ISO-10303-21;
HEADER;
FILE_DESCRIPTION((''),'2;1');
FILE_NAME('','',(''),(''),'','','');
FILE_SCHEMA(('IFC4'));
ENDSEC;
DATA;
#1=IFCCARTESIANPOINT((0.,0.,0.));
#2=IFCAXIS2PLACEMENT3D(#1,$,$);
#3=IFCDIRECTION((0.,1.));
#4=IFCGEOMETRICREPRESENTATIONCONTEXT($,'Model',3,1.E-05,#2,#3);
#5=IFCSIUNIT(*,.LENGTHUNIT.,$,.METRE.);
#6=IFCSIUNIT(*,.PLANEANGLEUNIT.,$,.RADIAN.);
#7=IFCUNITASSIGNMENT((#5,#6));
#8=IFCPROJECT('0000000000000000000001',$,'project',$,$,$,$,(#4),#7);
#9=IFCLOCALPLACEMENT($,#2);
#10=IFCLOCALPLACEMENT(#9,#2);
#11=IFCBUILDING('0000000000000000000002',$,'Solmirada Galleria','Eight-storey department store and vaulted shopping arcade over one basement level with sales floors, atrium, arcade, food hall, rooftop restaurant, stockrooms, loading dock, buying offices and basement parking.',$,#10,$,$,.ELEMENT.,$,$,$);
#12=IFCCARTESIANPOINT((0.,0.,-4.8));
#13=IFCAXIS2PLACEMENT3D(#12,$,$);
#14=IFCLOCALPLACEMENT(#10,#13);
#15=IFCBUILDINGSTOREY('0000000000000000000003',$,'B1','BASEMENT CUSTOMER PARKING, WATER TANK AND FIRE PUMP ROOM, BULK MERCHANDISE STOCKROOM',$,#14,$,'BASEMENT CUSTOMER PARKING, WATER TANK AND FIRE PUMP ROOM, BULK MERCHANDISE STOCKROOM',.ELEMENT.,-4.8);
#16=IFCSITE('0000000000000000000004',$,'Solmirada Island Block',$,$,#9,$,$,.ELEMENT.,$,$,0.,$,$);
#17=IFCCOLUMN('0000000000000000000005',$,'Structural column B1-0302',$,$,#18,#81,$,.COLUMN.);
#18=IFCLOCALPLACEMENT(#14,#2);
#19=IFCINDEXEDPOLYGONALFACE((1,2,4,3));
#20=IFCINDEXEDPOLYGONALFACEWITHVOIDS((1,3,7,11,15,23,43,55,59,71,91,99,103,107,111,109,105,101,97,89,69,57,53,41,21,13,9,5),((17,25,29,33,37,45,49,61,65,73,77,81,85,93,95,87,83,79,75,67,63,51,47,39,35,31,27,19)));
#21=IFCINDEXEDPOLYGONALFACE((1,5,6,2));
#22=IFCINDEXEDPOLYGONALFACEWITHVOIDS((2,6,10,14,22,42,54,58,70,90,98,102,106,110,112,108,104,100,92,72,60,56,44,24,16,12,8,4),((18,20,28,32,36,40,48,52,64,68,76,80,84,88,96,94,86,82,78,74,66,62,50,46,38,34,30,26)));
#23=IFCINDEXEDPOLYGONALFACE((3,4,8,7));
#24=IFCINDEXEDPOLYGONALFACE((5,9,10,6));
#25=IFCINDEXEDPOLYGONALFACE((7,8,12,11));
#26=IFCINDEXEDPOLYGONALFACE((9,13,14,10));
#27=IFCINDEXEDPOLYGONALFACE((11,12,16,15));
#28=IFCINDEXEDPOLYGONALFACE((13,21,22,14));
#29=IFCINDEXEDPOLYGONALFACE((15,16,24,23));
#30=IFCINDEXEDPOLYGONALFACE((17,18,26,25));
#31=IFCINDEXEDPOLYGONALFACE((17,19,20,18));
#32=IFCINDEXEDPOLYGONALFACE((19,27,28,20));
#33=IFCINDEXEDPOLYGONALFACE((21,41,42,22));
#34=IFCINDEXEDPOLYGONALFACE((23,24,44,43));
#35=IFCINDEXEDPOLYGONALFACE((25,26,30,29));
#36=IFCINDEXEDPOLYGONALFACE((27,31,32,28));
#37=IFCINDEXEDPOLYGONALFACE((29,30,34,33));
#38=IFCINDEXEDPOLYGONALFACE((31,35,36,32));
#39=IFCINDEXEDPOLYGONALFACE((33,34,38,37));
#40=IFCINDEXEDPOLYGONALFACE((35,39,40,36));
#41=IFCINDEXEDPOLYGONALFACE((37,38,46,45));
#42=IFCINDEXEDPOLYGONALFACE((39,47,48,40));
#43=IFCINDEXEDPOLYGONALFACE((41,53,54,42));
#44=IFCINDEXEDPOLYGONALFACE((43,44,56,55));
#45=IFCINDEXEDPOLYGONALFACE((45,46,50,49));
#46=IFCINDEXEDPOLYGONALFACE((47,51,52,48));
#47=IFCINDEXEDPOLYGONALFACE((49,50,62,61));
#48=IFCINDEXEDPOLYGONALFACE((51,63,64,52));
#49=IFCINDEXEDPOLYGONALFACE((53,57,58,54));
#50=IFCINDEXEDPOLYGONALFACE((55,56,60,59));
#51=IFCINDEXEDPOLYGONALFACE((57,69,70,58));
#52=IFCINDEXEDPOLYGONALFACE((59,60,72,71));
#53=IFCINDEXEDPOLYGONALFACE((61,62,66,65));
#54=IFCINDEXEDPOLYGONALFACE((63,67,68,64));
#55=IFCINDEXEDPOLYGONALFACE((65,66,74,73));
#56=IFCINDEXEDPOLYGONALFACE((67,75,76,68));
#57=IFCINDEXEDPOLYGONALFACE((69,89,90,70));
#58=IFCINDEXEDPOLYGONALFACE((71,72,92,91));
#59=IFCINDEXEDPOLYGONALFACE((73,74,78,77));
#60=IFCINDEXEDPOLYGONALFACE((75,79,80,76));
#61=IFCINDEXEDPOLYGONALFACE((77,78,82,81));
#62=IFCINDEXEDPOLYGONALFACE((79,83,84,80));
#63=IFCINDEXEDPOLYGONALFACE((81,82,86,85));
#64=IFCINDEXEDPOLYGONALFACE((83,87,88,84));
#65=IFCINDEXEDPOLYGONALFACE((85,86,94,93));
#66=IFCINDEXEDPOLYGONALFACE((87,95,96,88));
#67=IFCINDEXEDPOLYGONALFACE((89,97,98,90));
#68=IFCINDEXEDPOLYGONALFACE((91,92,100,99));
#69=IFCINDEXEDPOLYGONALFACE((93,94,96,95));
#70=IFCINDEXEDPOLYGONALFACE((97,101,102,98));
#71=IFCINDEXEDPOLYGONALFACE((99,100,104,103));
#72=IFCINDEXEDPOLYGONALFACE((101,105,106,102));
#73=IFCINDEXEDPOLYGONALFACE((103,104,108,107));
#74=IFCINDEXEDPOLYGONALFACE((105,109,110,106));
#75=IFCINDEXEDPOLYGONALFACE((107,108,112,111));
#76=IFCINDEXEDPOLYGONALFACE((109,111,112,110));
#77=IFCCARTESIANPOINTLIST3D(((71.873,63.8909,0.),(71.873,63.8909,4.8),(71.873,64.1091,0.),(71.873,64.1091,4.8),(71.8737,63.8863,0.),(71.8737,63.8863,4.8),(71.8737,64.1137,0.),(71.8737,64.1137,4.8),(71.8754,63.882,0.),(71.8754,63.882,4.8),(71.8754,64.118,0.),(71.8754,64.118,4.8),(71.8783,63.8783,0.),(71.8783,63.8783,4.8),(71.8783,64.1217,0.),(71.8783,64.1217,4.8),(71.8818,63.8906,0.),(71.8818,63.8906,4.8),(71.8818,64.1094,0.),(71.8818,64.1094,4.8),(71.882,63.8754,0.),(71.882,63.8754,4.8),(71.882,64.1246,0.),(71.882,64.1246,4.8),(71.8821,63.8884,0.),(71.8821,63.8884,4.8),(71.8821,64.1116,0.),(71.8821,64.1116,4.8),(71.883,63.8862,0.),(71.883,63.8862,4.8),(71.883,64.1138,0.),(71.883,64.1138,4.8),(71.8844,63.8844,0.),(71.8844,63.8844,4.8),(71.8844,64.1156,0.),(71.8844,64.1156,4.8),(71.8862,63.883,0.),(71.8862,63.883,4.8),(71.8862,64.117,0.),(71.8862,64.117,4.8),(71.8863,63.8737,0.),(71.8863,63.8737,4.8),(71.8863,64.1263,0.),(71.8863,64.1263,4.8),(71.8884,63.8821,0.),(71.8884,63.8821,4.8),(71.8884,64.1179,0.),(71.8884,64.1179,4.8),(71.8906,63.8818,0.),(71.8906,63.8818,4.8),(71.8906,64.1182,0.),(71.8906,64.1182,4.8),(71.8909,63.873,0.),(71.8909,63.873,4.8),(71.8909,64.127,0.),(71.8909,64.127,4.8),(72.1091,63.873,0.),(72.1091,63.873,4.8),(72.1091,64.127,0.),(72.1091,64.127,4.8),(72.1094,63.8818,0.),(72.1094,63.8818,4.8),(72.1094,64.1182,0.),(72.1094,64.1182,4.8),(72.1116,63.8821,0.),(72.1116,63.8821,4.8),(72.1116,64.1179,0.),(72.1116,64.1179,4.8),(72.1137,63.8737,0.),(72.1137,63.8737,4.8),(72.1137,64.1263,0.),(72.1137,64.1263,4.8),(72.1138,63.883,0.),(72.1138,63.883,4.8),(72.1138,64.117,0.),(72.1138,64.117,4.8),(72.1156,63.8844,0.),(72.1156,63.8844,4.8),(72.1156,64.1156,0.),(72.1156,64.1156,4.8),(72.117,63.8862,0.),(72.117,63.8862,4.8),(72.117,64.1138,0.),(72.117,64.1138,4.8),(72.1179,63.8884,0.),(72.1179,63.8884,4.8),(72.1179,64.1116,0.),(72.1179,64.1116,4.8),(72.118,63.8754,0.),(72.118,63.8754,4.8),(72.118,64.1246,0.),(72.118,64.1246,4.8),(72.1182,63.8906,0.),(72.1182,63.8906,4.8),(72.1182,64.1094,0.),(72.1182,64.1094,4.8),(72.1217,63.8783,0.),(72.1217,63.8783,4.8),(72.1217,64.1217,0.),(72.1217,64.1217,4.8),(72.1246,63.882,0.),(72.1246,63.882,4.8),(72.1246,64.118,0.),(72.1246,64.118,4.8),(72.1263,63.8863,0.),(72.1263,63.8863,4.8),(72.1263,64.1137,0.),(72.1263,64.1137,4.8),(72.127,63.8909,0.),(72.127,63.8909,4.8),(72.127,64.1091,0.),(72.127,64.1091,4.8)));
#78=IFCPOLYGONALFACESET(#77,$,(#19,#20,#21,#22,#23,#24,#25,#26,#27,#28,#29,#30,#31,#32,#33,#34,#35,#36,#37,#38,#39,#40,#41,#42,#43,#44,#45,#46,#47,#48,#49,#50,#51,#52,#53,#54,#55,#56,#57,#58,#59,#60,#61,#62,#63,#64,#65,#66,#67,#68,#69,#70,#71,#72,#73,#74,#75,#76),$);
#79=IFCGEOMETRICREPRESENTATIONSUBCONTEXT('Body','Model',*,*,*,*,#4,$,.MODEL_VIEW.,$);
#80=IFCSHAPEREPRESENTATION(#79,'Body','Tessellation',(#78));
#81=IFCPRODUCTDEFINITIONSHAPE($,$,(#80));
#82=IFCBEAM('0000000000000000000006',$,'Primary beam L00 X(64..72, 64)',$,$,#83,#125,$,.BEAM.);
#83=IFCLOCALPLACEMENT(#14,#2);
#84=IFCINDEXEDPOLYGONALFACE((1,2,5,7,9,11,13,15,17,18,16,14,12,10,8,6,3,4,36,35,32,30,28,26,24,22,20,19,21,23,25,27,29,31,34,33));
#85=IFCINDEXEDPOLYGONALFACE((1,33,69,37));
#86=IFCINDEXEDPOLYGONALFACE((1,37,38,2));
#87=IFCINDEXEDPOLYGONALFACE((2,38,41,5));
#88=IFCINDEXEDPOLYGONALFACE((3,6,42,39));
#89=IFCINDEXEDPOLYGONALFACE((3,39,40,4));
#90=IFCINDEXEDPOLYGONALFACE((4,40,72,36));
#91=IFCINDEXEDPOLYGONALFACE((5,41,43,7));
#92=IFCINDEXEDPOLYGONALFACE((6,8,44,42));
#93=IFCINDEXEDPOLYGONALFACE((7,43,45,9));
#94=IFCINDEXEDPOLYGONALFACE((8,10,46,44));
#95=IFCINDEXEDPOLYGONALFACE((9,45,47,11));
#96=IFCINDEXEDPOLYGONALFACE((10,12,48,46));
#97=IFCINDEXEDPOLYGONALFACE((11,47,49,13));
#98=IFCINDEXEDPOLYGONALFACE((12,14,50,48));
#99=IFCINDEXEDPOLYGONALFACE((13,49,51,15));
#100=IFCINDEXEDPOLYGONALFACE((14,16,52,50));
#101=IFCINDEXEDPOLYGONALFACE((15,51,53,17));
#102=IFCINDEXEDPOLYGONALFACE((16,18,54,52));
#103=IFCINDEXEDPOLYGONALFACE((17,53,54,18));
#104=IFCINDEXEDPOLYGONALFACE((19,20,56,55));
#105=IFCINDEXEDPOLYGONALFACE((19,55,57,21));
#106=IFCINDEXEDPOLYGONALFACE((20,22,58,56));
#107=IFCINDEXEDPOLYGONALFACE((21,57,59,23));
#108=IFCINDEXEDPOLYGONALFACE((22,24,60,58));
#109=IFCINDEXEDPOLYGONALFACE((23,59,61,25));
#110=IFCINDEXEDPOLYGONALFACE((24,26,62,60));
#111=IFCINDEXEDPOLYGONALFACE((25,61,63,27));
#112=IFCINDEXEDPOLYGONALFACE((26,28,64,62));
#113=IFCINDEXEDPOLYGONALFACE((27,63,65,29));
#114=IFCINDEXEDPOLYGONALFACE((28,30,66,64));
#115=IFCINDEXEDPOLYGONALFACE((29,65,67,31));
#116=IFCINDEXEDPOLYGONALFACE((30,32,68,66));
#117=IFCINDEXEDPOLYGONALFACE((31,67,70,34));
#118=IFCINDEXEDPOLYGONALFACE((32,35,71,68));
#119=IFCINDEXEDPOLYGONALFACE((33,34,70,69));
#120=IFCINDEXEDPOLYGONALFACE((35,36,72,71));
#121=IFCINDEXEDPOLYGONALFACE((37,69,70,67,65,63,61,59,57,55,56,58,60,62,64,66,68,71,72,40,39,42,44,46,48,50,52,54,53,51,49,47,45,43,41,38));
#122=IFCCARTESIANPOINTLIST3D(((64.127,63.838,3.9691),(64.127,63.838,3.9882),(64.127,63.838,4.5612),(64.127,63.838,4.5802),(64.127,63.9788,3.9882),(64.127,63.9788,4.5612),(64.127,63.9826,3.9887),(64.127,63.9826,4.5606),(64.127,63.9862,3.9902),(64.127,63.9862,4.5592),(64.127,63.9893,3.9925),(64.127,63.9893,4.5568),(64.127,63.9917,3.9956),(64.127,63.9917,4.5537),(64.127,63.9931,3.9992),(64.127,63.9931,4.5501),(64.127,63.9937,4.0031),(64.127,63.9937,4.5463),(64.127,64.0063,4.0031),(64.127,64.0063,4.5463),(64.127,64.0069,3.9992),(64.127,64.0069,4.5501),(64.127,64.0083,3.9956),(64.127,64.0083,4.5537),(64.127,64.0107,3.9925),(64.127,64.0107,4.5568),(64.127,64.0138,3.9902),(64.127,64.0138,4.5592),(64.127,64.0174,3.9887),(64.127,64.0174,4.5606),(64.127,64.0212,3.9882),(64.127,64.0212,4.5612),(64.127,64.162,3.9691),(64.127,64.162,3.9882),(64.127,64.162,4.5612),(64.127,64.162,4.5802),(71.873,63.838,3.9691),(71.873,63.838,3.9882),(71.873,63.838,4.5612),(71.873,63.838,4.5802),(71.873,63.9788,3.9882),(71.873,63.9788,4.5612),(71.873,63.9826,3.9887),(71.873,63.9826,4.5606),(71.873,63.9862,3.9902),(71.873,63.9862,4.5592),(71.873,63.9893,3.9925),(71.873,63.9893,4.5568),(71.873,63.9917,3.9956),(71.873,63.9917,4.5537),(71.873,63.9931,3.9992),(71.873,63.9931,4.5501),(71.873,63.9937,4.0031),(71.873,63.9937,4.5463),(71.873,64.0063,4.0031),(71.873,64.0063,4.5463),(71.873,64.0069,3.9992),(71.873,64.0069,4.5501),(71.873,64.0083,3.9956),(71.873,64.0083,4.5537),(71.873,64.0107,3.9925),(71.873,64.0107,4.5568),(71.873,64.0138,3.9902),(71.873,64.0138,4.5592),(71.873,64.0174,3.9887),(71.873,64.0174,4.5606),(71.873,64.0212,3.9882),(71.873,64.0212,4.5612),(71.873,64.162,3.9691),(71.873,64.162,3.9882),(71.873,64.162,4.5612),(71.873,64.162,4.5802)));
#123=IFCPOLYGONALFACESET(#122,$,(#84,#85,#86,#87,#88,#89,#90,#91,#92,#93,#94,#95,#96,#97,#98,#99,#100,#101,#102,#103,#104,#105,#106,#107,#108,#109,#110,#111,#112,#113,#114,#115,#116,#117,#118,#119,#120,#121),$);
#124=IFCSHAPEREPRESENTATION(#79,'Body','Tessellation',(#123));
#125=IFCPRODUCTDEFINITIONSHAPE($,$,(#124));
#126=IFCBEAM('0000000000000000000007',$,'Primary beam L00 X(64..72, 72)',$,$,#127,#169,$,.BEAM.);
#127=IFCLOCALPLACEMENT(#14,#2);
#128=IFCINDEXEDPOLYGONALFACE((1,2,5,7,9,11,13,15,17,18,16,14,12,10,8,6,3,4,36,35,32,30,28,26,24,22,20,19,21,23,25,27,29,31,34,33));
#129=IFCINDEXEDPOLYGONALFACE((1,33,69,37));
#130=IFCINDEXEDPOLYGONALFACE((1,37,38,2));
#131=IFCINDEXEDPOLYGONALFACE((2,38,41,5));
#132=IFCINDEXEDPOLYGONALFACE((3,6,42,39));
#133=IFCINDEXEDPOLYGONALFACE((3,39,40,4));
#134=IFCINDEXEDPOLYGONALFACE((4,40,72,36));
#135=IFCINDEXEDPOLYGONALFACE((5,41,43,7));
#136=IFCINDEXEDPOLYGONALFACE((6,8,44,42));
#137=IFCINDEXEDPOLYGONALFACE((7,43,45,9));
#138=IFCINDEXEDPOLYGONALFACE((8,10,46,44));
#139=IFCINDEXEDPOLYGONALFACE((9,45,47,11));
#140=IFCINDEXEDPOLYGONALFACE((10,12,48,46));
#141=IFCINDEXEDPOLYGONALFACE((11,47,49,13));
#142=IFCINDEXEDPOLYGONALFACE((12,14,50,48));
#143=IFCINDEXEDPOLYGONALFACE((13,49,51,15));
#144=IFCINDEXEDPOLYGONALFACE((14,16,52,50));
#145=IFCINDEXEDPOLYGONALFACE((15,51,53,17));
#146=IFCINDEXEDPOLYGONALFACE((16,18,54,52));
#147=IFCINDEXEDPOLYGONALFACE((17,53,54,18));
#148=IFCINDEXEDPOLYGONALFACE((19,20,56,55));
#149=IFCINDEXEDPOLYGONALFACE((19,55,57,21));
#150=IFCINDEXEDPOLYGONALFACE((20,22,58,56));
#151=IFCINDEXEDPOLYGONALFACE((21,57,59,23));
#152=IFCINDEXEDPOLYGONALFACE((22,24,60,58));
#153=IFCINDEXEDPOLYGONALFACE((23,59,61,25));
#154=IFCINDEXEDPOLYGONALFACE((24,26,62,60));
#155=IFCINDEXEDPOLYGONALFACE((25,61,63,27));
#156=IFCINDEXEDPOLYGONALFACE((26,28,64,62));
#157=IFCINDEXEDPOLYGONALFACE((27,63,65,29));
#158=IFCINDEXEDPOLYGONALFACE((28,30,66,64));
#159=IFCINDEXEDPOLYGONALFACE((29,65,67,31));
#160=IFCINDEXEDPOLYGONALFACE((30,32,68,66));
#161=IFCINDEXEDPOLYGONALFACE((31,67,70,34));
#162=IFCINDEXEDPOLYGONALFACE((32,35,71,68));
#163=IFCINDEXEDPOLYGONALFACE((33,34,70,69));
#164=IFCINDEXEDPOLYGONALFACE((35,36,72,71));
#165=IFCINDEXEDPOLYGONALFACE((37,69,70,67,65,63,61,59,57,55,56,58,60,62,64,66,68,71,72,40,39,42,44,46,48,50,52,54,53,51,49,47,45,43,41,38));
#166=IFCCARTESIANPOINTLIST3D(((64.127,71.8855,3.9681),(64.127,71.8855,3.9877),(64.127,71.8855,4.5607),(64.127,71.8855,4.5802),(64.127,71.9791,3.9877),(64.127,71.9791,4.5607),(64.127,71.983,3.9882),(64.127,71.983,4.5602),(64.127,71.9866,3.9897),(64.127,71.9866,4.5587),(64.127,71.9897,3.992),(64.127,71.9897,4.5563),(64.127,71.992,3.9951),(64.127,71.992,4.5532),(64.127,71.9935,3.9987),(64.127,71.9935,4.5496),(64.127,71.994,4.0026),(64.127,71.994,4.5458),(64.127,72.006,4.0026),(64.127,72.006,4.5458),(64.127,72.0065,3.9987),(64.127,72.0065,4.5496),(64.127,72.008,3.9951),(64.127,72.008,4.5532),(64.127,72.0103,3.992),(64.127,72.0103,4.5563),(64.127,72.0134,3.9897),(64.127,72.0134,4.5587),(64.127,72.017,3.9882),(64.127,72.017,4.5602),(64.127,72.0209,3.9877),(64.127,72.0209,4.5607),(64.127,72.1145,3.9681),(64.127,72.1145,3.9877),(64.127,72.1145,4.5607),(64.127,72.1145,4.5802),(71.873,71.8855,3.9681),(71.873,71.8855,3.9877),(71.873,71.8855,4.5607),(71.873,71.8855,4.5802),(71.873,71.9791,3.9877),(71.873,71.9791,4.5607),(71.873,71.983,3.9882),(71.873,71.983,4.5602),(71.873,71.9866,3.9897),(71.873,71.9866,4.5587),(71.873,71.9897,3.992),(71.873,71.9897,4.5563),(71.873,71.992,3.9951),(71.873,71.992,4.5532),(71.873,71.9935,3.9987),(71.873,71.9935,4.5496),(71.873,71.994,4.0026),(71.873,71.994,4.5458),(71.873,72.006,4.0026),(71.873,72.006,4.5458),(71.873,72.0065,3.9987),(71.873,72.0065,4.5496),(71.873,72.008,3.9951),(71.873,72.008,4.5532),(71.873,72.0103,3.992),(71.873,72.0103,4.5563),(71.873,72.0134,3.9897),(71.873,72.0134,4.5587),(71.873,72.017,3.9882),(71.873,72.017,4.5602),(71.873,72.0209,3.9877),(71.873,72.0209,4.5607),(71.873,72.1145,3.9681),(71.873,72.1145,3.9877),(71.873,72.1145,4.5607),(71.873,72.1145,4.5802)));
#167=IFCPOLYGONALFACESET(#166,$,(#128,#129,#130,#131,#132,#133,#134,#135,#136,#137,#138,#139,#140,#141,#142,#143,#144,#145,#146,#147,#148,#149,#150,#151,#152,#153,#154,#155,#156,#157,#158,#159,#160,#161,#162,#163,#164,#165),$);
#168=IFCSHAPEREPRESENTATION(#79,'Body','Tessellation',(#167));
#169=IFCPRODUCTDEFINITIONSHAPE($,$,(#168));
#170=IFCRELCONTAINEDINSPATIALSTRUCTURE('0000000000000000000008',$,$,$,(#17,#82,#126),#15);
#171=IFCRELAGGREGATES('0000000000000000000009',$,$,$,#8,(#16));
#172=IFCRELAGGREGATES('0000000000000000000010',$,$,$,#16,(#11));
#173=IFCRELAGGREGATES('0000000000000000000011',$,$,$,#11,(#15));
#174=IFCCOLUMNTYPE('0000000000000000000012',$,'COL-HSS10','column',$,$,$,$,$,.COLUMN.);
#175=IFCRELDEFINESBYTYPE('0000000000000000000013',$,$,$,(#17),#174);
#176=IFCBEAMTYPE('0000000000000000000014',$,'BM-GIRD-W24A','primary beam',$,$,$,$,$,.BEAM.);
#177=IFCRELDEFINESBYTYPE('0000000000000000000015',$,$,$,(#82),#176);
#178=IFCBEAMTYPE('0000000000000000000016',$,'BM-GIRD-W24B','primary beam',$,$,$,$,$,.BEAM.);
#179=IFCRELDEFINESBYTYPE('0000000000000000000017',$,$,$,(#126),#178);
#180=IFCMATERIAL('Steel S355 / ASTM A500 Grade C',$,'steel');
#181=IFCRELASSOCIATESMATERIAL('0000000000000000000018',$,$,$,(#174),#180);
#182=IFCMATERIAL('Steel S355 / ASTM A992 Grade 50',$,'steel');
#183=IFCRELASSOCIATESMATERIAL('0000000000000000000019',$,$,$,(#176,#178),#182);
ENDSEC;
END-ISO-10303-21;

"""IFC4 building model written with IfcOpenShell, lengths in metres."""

from ifc_helpers import new_model, si_unit, direction, frame, origin, origin_2d, place, context, subcontext, project, spatial, hollow_rectangle, i_section, extrude, material, material_profile, profile_set, type_object, element, save


model = new_model("IFC4")

# Units and contexts
model_context = context("Model", 3, precision=1e-05, world=origin(), true_north=direction((0.0, 1.0)))
body_context = subcontext(model_context, "Body", "Model", "MODEL_VIEW")
ifc_project = project(units=[si_unit("LENGTHUNIT", "METRE"), si_unit("PLANEANGLEUNIT", "RADIAN")], contexts=[model_context])

# Site, building, storey
site_placement = place(None, origin())
site = spatial("IfcSite", under=ifc_project, at=site_placement, Name="Solmirada Island Block", CompositionType="ELEMENT", RefElevation=0.0)
building_placement = place(site_placement, origin())
building = spatial("IfcBuilding", under=site, at=building_placement, Name="Solmirada Galleria", Description="Eight-storey department store and vaulted shopping arcade over one basement level with sales floors, atrium, arcade, food hall, rooftop restaurant, stockrooms, loading dock, buying offices and basement parking.", CompositionType="ELEMENT")
storey_placement = place(building_placement, frame((0.0, 0.0, -4.8)))
storey = spatial("IfcBuildingStorey", under=building, at=storey_placement, Name="B1", Description="BASEMENT CUSTOMER PARKING, WATER TANK AND FIRE PUMP ROOM, BULK MERCHANDISE STOCKROOM", LongName="BASEMENT CUSTOMER PARKING, WATER TANK AND FIRE PUMP ROOM, BULK MERCHANDISE STOCKROOM", CompositionType="ELEMENT", Elevation=-4.8)

# Column
ifc_material_1 = material(Name="Steel S355 / ASTM A500 Grade C", Category="steel")
ifc_material_profile_1 = material_profile(ifc_material_1, hollow_rectangle(XDim=0.2539, YDim=0.2539, WallThickness=0.0088, InnerFilletRadius=0.0088, OuterFilletRadius=0.0178, at=origin_2d()), Name="HSS10X10X3/8")
ifc_profile_set_1 = profile_set([ifc_material_profile_1], Name="Steel S355 / ASTM A500 Grade C")
column_type = type_object("IfcColumnType", Name="COL-HSS10", Description="column", PredefinedType="COLUMN", material=ifc_profile_set_1)
for number, where, z_axis, x_axis, name in (
    (1, (72.0, 64.0, 0.0), (0.0, 0.0, 1.0), (1.0, 0.0, 0.0), "Structural column B1-0302"),
):
    element("IfcColumn", number, at=place(storey_placement, frame(where, z_axis=z_axis, x_axis=x_axis)), inside=storey, type_object=column_type, Name=name, PredefinedType="COLUMN", context=body_context, shape_type="SweptSolid", body=[
        extrude(hollow_rectangle(XDim=0.2539, YDim=0.2539, WallThickness=0.0088, InnerFilletRadius=0.0088, OuterFilletRadius=0.0178, at=origin_2d()), origin(), (0.0, 0.0, 1.0), 4.8),
    ])

# Beams
ifc_material_2 = material(Name="Steel S355 / ASTM A992 Grade 50", Category="steel")
ifc_material_profile_2 = material_profile(ifc_material_2, i_section(OverallWidth=0.324, OverallDepth=0.6111, WebThickness=0.0127, FlangeThickness=0.019, FilletRadius=0.0149, at=origin_2d()), Name="W24X104")
ifc_profile_set_2 = profile_set([ifc_material_profile_2], Name="Steel S355 / ASTM A992 Grade 50")
beam_type_1 = type_object("IfcBeamType", Name="BM-GIRD-W24A", Description="primary beam", PredefinedType="BEAM", material=ifc_profile_set_2)
beam_1_placement = place(storey_placement, frame((64.127, 64.0, 4.2747), z_axis=(1.0, 0.0, 0.0), x_axis=(0.0, 1.0, 0.0)))
element("IfcBeam", 2, at=beam_1_placement, inside=storey, type_object=beam_type_1, Name="Primary beam L00 X(64..72, 64)", PredefinedType="BEAM", context=body_context, shape_type="SweptSolid", body=[
    extrude(i_section(OverallWidth=0.324, OverallDepth=0.6111, WebThickness=0.0127, FlangeThickness=0.019, FilletRadius=0.0149, at=origin_2d()), origin(), (0.0, 0.0, 1.0), 7.7461),
])
ifc_material_profile_3 = material_profile(ifc_material_2, i_section(OverallWidth=0.229, OverallDepth=0.6121, WebThickness=0.012, FlangeThickness=0.0195, FilletRadius=0.0149, at=origin_2d()), Name="W24X84")
ifc_profile_set_3 = profile_set([ifc_material_profile_3], Name="Steel S355 / ASTM A992 Grade 50")
beam_type_2 = type_object("IfcBeamType", Name="BM-GIRD-W24B", Description="primary beam", PredefinedType="BEAM", material=ifc_profile_set_3)
beam_2_placement = place(storey_placement, frame((64.127, 72.0, 4.2742), z_axis=(1.0, 0.0, 0.0), x_axis=(0.0, 1.0, 0.0)))
element("IfcBeam", 3, at=beam_2_placement, inside=storey, type_object=beam_type_2, Name="Primary beam L00 X(64..72, 72)", PredefinedType="BEAM", context=body_context, shape_type="SweptSolid", body=[
    extrude(i_section(OverallWidth=0.229, OverallDepth=0.6121, WebThickness=0.012, FlangeThickness=0.0195, FilletRadius=0.0149, at=origin_2d()), origin(), (0.0, 0.0, 1.0), 7.7461),
])

save(model, "model.ifc")
